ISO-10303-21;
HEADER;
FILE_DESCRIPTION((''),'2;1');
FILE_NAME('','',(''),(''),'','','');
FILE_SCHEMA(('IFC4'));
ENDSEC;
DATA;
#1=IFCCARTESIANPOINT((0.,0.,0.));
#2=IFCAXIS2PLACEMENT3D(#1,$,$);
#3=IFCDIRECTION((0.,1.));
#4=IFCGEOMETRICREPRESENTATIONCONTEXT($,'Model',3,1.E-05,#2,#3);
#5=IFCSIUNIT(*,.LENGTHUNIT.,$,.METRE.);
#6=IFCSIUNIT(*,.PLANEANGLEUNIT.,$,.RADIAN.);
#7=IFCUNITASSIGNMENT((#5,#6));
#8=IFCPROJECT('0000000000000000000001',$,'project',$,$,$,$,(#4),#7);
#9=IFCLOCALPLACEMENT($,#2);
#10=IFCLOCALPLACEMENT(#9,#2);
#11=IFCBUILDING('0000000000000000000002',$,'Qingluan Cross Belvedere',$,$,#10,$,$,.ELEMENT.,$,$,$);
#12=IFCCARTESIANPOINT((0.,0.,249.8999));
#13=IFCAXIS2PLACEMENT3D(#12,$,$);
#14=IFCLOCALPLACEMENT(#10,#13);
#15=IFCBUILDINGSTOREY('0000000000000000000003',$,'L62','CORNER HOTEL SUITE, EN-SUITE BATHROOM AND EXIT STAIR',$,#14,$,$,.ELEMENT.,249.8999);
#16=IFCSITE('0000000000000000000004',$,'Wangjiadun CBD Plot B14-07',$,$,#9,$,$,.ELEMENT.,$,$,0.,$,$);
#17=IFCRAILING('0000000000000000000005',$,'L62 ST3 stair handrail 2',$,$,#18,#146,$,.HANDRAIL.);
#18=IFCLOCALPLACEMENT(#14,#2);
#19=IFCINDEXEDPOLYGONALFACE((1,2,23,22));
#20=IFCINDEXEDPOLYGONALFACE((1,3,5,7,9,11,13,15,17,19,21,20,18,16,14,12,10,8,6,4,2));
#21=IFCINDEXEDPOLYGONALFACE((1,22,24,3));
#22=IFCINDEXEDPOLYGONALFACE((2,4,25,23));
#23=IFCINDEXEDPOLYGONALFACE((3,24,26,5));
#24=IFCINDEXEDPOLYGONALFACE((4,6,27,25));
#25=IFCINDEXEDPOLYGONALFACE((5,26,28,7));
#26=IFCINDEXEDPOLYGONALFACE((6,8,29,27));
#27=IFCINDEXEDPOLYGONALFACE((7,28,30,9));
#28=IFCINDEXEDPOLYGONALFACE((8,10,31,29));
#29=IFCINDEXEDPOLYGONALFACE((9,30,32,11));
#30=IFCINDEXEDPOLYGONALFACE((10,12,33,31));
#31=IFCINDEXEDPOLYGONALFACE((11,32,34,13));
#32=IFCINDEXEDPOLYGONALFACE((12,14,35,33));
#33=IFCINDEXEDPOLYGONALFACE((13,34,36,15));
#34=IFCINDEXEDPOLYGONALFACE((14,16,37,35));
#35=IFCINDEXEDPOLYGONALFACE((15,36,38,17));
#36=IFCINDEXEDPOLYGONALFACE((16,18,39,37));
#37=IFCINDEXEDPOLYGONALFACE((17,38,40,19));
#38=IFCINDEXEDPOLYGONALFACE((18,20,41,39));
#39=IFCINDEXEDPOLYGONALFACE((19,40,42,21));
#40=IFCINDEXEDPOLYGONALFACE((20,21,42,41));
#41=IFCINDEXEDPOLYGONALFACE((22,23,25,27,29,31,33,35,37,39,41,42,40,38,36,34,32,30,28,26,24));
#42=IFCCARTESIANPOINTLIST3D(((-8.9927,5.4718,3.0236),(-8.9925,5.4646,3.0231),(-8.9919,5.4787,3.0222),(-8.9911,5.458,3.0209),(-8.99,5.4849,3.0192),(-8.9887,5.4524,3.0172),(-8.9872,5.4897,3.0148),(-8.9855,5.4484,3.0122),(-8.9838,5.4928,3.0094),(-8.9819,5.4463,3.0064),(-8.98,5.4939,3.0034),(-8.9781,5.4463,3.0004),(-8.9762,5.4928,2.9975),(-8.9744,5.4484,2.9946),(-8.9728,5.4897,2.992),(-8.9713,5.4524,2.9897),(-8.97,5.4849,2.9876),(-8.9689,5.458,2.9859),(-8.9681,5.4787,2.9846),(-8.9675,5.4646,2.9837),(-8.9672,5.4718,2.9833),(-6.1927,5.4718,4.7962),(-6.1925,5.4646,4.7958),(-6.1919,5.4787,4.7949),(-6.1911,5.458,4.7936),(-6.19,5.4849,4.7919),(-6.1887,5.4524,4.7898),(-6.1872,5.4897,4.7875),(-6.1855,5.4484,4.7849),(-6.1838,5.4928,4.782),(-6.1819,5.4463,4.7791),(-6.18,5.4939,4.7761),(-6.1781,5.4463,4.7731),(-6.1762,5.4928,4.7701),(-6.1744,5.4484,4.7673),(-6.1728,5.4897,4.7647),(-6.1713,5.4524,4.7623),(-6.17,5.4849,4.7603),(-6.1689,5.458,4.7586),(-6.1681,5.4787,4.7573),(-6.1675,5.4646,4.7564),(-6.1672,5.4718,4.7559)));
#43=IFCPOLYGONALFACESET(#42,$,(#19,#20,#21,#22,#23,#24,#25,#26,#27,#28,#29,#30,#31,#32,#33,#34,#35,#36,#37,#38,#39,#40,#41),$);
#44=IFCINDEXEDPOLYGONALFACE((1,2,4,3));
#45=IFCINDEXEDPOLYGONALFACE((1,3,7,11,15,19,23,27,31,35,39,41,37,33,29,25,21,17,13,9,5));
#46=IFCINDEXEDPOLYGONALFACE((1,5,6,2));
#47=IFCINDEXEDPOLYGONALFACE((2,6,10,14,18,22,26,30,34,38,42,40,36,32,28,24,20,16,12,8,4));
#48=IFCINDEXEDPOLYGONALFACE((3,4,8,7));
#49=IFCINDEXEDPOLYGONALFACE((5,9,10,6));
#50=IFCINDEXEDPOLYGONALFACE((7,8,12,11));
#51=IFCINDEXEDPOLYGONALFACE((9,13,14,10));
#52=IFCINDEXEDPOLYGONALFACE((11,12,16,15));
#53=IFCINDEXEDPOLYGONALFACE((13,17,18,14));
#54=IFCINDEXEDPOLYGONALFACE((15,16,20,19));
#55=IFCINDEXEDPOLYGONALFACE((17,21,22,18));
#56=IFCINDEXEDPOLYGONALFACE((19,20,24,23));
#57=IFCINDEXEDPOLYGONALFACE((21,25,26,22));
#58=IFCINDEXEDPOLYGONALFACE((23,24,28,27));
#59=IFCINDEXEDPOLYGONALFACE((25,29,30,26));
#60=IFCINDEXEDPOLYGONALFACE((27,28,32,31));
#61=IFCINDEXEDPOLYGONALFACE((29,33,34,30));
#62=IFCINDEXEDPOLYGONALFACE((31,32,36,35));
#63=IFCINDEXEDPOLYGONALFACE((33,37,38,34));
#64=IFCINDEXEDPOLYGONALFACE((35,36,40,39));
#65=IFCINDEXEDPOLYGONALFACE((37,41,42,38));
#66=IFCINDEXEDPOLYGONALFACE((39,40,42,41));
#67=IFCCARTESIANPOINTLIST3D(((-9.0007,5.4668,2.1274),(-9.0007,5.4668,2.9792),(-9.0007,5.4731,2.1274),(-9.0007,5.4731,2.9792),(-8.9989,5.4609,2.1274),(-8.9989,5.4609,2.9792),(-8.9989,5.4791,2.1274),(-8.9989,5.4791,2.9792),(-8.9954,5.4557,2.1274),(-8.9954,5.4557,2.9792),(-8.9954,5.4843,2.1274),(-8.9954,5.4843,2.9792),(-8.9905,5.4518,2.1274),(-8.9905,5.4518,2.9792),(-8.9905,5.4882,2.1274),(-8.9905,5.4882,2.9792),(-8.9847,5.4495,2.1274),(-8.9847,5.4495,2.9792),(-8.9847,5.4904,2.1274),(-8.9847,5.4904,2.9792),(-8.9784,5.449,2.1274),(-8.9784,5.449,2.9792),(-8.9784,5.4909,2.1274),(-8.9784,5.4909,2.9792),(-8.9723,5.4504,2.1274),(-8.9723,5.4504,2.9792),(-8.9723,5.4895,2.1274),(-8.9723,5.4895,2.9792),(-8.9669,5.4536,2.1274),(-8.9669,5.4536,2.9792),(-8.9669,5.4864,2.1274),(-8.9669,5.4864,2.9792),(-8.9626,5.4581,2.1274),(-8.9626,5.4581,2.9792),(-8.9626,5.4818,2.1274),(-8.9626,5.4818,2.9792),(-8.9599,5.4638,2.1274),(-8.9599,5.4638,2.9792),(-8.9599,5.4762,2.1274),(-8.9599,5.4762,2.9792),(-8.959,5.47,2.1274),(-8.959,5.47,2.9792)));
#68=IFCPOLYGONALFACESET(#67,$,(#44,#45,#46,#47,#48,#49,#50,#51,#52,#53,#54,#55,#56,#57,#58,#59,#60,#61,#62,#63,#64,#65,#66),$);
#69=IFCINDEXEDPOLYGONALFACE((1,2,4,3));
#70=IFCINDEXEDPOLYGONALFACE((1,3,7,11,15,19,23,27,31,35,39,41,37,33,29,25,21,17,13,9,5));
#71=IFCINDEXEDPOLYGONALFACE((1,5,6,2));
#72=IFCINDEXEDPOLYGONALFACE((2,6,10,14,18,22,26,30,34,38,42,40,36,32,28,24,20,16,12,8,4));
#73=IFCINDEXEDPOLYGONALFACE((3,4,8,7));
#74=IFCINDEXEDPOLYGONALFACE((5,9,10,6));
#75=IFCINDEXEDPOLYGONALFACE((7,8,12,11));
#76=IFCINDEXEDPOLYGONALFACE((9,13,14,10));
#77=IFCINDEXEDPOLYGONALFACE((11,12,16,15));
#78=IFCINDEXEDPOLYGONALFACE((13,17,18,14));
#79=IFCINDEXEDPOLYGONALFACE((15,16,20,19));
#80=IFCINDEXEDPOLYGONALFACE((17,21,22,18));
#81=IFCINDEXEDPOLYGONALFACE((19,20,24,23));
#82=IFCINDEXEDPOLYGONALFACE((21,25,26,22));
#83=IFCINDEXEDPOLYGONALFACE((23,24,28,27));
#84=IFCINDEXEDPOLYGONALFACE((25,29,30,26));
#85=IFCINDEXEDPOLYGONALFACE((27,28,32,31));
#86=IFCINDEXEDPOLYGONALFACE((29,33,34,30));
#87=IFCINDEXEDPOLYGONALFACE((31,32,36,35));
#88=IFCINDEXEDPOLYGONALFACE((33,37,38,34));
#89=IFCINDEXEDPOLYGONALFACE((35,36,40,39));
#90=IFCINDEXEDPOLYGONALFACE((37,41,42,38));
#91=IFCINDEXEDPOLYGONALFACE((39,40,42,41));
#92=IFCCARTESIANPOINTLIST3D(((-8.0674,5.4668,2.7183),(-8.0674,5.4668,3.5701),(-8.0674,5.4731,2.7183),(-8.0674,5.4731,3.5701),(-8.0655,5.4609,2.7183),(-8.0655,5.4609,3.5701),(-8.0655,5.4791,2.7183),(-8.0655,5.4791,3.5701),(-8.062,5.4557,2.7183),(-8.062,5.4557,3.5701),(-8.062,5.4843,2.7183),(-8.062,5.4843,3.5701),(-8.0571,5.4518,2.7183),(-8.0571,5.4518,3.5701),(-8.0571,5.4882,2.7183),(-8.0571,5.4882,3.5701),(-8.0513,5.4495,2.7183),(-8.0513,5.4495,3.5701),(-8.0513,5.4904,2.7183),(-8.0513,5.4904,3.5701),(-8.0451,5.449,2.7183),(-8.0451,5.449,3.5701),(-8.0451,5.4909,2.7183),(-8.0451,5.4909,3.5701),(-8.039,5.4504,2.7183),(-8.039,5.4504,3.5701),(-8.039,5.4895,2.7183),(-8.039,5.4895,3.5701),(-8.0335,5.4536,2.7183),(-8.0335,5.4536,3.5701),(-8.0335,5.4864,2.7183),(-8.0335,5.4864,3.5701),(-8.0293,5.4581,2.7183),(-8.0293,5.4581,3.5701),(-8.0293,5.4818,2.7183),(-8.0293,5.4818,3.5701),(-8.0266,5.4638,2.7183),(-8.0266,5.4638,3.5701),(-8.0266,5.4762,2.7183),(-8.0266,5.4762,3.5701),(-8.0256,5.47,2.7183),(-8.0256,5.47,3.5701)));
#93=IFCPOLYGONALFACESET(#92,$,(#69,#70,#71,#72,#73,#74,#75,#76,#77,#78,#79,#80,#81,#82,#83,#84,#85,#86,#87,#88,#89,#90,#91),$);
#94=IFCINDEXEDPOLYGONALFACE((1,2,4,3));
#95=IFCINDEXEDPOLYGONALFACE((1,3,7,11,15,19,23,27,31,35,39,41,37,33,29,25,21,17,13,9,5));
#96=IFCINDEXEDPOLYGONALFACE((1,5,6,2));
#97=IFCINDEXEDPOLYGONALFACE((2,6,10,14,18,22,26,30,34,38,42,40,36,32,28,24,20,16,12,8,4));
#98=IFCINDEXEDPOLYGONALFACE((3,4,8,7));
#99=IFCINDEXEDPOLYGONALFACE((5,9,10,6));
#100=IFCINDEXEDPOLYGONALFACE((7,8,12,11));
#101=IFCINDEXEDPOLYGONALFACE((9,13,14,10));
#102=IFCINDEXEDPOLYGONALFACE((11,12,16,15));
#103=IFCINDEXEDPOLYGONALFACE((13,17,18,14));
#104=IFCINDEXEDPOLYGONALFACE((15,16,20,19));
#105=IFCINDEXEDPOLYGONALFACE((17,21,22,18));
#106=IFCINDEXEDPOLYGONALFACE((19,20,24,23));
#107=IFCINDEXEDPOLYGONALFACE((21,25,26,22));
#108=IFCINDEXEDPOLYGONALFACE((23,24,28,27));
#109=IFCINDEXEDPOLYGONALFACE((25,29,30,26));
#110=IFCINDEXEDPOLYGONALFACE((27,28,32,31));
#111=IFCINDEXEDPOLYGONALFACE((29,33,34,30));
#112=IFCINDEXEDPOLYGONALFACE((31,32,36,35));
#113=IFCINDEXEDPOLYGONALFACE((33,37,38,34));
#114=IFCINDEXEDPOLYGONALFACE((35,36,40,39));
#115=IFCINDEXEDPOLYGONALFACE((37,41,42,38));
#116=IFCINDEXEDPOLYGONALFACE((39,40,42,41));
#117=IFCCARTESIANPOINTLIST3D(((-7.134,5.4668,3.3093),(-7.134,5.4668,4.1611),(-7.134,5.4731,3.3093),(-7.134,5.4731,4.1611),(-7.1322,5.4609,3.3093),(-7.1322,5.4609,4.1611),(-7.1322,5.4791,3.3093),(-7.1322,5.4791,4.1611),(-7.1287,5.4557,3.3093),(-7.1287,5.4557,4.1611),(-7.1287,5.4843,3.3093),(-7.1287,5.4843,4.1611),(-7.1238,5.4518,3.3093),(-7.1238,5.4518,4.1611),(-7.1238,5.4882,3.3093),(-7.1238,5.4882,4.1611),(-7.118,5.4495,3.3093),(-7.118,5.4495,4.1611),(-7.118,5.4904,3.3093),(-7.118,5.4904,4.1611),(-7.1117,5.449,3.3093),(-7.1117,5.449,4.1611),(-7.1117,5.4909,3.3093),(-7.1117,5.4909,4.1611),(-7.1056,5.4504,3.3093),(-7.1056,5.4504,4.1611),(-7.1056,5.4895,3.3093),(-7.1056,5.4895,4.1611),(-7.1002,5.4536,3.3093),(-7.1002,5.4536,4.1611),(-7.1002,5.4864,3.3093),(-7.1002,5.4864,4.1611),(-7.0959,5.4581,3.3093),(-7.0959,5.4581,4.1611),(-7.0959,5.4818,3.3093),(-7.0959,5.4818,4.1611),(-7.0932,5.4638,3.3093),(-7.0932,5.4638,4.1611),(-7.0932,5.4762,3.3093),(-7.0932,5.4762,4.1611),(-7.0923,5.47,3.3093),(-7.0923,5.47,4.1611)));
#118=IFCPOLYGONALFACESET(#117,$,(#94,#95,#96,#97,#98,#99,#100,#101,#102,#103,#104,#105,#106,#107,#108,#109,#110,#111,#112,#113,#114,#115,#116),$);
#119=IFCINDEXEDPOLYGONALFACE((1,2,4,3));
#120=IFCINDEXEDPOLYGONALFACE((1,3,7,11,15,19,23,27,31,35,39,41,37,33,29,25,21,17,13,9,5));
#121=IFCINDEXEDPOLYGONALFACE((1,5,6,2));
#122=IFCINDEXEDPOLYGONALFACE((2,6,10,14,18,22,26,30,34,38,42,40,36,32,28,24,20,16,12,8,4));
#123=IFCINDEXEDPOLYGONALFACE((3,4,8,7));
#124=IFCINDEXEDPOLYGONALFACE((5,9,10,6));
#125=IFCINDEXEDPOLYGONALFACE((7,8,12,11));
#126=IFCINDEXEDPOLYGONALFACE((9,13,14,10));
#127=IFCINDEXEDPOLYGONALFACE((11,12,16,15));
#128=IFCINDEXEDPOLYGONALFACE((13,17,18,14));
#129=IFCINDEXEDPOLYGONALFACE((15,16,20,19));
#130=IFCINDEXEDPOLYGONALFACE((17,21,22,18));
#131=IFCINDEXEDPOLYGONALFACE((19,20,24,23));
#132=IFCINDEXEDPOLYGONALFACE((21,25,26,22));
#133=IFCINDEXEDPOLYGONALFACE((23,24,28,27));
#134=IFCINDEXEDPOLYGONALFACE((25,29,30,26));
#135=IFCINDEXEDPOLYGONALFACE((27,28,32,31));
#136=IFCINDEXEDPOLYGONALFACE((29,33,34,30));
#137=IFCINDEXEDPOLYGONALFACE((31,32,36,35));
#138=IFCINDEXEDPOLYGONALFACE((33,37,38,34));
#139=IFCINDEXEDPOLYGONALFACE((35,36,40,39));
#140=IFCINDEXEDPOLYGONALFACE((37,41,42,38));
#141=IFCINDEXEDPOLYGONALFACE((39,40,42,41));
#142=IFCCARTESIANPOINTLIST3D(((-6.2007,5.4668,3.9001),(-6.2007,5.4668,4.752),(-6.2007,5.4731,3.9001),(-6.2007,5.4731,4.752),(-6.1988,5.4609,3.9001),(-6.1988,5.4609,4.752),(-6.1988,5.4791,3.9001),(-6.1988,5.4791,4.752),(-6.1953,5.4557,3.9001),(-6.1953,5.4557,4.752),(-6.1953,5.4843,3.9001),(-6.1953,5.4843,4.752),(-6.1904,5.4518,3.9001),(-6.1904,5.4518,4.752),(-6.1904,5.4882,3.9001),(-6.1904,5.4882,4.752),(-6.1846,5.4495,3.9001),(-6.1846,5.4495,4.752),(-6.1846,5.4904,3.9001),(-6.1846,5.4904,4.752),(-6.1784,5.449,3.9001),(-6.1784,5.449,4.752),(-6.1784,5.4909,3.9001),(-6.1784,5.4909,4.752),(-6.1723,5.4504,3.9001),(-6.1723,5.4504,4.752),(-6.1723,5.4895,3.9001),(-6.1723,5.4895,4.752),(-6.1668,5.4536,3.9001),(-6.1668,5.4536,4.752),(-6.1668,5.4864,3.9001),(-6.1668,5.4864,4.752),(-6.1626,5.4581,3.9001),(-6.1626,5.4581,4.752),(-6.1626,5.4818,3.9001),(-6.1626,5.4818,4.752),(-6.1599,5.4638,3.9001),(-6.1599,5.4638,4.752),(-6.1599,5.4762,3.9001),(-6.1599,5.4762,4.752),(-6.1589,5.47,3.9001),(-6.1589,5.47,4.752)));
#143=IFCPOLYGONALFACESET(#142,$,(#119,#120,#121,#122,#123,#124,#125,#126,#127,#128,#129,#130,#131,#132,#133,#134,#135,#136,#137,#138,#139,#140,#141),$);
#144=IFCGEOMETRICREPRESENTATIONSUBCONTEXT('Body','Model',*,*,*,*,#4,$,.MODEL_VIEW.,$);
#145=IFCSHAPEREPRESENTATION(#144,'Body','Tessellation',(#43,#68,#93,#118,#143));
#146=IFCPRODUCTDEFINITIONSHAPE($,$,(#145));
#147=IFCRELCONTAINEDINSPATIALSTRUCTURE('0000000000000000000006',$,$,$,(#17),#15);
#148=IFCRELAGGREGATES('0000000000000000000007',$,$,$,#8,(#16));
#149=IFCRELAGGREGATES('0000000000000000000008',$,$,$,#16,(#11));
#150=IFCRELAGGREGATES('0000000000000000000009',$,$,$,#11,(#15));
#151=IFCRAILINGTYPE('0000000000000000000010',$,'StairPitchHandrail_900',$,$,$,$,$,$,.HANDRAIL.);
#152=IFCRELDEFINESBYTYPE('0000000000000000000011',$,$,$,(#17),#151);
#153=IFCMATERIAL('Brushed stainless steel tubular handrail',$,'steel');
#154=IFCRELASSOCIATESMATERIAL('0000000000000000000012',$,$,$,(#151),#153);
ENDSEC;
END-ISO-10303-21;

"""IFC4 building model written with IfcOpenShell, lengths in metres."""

from ifc_helpers import new_model, si_unit, direction, frame, origin, origin_2d, place, context, subcontext, project, spatial, circle, extrude, material, type_object, element, save


model = new_model("IFC4")

# Units and contexts
model_context = context("Model", 3, precision=1e-05, world=origin(), true_north=direction((0.0, 1.0)))
body_context = subcontext(model_context, "Body", "Model", "MODEL_VIEW")
ifc_project = project(units=[si_unit("LENGTHUNIT", "METRE"), si_unit("PLANEANGLEUNIT", "RADIAN")], contexts=[model_context])

# Site, building, storey
site_placement = place(None, origin())
site = spatial("IfcSite", under=ifc_project, at=site_placement, Name="Wangjiadun CBD Plot B14-07", CompositionType="ELEMENT", RefElevation=0.0)
building_placement = place(site_placement, origin())
building = spatial("IfcBuilding", under=site, at=building_placement, Name="Qingluan Cross Belvedere", CompositionType="ELEMENT")
storey_placement = place(building_placement, frame((0.0, 0.0, 249.8999)))
storey = spatial("IfcBuildingStorey", under=building, at=storey_placement, Name="L62", Description="CORNER HOTEL SUITE, EN-SUITE BATHROOM AND EXIT STAIR", CompositionType="ELEMENT", Elevation=249.8999)

# Railing
ifc_material_1 = material(Name="Brushed stainless steel tubular handrail", Category="steel")
railing_type_1 = type_object("IfcRailingType", Name="StairPitchHandrail_900", PredefinedType="HANDRAIL", material=ifc_material_1)
railing_1_placement = place(storey_placement, frame((-8.98, 5.47, 2.1274)))
element("IfcRailing", 1, at=railing_1_placement, inside=storey, type_object=railing_type_1, Name="L62 ST3 stair handrail 2", PredefinedType="HANDRAIL", context=body_context, shape_type="SweptSolid", body=[
    extrude(circle(Radius=0.0239, at=origin_2d()), frame((0.0, 0.0, 0.876), z_axis=(0.844909, 0.0, 0.53491), x_axis=(0.0, 1.0, 0.0)), (0.0, 0.0, 1.0), 3.314),
    extrude(circle(Radius=0.021, at=origin_2d()), origin(), (0.0, 0.0, 1.0), 0.8518),
    extrude(circle(Radius=0.021, at=origin_2d()), frame((0.9333, 0.0, 0.5908)), (0.0, 0.0, 1.0), 0.8518),
    extrude(circle(Radius=0.021, at=origin_2d()), frame((1.8667, 0.0, 1.1819)), (0.0, 0.0, 1.0), 0.8518),
    extrude(circle(Radius=0.021, at=origin_2d()), frame((2.8, 0.0, 1.7727)), (0.0, 0.0, 1.0), 0.8518),
])

save(model, "model.ifc")
